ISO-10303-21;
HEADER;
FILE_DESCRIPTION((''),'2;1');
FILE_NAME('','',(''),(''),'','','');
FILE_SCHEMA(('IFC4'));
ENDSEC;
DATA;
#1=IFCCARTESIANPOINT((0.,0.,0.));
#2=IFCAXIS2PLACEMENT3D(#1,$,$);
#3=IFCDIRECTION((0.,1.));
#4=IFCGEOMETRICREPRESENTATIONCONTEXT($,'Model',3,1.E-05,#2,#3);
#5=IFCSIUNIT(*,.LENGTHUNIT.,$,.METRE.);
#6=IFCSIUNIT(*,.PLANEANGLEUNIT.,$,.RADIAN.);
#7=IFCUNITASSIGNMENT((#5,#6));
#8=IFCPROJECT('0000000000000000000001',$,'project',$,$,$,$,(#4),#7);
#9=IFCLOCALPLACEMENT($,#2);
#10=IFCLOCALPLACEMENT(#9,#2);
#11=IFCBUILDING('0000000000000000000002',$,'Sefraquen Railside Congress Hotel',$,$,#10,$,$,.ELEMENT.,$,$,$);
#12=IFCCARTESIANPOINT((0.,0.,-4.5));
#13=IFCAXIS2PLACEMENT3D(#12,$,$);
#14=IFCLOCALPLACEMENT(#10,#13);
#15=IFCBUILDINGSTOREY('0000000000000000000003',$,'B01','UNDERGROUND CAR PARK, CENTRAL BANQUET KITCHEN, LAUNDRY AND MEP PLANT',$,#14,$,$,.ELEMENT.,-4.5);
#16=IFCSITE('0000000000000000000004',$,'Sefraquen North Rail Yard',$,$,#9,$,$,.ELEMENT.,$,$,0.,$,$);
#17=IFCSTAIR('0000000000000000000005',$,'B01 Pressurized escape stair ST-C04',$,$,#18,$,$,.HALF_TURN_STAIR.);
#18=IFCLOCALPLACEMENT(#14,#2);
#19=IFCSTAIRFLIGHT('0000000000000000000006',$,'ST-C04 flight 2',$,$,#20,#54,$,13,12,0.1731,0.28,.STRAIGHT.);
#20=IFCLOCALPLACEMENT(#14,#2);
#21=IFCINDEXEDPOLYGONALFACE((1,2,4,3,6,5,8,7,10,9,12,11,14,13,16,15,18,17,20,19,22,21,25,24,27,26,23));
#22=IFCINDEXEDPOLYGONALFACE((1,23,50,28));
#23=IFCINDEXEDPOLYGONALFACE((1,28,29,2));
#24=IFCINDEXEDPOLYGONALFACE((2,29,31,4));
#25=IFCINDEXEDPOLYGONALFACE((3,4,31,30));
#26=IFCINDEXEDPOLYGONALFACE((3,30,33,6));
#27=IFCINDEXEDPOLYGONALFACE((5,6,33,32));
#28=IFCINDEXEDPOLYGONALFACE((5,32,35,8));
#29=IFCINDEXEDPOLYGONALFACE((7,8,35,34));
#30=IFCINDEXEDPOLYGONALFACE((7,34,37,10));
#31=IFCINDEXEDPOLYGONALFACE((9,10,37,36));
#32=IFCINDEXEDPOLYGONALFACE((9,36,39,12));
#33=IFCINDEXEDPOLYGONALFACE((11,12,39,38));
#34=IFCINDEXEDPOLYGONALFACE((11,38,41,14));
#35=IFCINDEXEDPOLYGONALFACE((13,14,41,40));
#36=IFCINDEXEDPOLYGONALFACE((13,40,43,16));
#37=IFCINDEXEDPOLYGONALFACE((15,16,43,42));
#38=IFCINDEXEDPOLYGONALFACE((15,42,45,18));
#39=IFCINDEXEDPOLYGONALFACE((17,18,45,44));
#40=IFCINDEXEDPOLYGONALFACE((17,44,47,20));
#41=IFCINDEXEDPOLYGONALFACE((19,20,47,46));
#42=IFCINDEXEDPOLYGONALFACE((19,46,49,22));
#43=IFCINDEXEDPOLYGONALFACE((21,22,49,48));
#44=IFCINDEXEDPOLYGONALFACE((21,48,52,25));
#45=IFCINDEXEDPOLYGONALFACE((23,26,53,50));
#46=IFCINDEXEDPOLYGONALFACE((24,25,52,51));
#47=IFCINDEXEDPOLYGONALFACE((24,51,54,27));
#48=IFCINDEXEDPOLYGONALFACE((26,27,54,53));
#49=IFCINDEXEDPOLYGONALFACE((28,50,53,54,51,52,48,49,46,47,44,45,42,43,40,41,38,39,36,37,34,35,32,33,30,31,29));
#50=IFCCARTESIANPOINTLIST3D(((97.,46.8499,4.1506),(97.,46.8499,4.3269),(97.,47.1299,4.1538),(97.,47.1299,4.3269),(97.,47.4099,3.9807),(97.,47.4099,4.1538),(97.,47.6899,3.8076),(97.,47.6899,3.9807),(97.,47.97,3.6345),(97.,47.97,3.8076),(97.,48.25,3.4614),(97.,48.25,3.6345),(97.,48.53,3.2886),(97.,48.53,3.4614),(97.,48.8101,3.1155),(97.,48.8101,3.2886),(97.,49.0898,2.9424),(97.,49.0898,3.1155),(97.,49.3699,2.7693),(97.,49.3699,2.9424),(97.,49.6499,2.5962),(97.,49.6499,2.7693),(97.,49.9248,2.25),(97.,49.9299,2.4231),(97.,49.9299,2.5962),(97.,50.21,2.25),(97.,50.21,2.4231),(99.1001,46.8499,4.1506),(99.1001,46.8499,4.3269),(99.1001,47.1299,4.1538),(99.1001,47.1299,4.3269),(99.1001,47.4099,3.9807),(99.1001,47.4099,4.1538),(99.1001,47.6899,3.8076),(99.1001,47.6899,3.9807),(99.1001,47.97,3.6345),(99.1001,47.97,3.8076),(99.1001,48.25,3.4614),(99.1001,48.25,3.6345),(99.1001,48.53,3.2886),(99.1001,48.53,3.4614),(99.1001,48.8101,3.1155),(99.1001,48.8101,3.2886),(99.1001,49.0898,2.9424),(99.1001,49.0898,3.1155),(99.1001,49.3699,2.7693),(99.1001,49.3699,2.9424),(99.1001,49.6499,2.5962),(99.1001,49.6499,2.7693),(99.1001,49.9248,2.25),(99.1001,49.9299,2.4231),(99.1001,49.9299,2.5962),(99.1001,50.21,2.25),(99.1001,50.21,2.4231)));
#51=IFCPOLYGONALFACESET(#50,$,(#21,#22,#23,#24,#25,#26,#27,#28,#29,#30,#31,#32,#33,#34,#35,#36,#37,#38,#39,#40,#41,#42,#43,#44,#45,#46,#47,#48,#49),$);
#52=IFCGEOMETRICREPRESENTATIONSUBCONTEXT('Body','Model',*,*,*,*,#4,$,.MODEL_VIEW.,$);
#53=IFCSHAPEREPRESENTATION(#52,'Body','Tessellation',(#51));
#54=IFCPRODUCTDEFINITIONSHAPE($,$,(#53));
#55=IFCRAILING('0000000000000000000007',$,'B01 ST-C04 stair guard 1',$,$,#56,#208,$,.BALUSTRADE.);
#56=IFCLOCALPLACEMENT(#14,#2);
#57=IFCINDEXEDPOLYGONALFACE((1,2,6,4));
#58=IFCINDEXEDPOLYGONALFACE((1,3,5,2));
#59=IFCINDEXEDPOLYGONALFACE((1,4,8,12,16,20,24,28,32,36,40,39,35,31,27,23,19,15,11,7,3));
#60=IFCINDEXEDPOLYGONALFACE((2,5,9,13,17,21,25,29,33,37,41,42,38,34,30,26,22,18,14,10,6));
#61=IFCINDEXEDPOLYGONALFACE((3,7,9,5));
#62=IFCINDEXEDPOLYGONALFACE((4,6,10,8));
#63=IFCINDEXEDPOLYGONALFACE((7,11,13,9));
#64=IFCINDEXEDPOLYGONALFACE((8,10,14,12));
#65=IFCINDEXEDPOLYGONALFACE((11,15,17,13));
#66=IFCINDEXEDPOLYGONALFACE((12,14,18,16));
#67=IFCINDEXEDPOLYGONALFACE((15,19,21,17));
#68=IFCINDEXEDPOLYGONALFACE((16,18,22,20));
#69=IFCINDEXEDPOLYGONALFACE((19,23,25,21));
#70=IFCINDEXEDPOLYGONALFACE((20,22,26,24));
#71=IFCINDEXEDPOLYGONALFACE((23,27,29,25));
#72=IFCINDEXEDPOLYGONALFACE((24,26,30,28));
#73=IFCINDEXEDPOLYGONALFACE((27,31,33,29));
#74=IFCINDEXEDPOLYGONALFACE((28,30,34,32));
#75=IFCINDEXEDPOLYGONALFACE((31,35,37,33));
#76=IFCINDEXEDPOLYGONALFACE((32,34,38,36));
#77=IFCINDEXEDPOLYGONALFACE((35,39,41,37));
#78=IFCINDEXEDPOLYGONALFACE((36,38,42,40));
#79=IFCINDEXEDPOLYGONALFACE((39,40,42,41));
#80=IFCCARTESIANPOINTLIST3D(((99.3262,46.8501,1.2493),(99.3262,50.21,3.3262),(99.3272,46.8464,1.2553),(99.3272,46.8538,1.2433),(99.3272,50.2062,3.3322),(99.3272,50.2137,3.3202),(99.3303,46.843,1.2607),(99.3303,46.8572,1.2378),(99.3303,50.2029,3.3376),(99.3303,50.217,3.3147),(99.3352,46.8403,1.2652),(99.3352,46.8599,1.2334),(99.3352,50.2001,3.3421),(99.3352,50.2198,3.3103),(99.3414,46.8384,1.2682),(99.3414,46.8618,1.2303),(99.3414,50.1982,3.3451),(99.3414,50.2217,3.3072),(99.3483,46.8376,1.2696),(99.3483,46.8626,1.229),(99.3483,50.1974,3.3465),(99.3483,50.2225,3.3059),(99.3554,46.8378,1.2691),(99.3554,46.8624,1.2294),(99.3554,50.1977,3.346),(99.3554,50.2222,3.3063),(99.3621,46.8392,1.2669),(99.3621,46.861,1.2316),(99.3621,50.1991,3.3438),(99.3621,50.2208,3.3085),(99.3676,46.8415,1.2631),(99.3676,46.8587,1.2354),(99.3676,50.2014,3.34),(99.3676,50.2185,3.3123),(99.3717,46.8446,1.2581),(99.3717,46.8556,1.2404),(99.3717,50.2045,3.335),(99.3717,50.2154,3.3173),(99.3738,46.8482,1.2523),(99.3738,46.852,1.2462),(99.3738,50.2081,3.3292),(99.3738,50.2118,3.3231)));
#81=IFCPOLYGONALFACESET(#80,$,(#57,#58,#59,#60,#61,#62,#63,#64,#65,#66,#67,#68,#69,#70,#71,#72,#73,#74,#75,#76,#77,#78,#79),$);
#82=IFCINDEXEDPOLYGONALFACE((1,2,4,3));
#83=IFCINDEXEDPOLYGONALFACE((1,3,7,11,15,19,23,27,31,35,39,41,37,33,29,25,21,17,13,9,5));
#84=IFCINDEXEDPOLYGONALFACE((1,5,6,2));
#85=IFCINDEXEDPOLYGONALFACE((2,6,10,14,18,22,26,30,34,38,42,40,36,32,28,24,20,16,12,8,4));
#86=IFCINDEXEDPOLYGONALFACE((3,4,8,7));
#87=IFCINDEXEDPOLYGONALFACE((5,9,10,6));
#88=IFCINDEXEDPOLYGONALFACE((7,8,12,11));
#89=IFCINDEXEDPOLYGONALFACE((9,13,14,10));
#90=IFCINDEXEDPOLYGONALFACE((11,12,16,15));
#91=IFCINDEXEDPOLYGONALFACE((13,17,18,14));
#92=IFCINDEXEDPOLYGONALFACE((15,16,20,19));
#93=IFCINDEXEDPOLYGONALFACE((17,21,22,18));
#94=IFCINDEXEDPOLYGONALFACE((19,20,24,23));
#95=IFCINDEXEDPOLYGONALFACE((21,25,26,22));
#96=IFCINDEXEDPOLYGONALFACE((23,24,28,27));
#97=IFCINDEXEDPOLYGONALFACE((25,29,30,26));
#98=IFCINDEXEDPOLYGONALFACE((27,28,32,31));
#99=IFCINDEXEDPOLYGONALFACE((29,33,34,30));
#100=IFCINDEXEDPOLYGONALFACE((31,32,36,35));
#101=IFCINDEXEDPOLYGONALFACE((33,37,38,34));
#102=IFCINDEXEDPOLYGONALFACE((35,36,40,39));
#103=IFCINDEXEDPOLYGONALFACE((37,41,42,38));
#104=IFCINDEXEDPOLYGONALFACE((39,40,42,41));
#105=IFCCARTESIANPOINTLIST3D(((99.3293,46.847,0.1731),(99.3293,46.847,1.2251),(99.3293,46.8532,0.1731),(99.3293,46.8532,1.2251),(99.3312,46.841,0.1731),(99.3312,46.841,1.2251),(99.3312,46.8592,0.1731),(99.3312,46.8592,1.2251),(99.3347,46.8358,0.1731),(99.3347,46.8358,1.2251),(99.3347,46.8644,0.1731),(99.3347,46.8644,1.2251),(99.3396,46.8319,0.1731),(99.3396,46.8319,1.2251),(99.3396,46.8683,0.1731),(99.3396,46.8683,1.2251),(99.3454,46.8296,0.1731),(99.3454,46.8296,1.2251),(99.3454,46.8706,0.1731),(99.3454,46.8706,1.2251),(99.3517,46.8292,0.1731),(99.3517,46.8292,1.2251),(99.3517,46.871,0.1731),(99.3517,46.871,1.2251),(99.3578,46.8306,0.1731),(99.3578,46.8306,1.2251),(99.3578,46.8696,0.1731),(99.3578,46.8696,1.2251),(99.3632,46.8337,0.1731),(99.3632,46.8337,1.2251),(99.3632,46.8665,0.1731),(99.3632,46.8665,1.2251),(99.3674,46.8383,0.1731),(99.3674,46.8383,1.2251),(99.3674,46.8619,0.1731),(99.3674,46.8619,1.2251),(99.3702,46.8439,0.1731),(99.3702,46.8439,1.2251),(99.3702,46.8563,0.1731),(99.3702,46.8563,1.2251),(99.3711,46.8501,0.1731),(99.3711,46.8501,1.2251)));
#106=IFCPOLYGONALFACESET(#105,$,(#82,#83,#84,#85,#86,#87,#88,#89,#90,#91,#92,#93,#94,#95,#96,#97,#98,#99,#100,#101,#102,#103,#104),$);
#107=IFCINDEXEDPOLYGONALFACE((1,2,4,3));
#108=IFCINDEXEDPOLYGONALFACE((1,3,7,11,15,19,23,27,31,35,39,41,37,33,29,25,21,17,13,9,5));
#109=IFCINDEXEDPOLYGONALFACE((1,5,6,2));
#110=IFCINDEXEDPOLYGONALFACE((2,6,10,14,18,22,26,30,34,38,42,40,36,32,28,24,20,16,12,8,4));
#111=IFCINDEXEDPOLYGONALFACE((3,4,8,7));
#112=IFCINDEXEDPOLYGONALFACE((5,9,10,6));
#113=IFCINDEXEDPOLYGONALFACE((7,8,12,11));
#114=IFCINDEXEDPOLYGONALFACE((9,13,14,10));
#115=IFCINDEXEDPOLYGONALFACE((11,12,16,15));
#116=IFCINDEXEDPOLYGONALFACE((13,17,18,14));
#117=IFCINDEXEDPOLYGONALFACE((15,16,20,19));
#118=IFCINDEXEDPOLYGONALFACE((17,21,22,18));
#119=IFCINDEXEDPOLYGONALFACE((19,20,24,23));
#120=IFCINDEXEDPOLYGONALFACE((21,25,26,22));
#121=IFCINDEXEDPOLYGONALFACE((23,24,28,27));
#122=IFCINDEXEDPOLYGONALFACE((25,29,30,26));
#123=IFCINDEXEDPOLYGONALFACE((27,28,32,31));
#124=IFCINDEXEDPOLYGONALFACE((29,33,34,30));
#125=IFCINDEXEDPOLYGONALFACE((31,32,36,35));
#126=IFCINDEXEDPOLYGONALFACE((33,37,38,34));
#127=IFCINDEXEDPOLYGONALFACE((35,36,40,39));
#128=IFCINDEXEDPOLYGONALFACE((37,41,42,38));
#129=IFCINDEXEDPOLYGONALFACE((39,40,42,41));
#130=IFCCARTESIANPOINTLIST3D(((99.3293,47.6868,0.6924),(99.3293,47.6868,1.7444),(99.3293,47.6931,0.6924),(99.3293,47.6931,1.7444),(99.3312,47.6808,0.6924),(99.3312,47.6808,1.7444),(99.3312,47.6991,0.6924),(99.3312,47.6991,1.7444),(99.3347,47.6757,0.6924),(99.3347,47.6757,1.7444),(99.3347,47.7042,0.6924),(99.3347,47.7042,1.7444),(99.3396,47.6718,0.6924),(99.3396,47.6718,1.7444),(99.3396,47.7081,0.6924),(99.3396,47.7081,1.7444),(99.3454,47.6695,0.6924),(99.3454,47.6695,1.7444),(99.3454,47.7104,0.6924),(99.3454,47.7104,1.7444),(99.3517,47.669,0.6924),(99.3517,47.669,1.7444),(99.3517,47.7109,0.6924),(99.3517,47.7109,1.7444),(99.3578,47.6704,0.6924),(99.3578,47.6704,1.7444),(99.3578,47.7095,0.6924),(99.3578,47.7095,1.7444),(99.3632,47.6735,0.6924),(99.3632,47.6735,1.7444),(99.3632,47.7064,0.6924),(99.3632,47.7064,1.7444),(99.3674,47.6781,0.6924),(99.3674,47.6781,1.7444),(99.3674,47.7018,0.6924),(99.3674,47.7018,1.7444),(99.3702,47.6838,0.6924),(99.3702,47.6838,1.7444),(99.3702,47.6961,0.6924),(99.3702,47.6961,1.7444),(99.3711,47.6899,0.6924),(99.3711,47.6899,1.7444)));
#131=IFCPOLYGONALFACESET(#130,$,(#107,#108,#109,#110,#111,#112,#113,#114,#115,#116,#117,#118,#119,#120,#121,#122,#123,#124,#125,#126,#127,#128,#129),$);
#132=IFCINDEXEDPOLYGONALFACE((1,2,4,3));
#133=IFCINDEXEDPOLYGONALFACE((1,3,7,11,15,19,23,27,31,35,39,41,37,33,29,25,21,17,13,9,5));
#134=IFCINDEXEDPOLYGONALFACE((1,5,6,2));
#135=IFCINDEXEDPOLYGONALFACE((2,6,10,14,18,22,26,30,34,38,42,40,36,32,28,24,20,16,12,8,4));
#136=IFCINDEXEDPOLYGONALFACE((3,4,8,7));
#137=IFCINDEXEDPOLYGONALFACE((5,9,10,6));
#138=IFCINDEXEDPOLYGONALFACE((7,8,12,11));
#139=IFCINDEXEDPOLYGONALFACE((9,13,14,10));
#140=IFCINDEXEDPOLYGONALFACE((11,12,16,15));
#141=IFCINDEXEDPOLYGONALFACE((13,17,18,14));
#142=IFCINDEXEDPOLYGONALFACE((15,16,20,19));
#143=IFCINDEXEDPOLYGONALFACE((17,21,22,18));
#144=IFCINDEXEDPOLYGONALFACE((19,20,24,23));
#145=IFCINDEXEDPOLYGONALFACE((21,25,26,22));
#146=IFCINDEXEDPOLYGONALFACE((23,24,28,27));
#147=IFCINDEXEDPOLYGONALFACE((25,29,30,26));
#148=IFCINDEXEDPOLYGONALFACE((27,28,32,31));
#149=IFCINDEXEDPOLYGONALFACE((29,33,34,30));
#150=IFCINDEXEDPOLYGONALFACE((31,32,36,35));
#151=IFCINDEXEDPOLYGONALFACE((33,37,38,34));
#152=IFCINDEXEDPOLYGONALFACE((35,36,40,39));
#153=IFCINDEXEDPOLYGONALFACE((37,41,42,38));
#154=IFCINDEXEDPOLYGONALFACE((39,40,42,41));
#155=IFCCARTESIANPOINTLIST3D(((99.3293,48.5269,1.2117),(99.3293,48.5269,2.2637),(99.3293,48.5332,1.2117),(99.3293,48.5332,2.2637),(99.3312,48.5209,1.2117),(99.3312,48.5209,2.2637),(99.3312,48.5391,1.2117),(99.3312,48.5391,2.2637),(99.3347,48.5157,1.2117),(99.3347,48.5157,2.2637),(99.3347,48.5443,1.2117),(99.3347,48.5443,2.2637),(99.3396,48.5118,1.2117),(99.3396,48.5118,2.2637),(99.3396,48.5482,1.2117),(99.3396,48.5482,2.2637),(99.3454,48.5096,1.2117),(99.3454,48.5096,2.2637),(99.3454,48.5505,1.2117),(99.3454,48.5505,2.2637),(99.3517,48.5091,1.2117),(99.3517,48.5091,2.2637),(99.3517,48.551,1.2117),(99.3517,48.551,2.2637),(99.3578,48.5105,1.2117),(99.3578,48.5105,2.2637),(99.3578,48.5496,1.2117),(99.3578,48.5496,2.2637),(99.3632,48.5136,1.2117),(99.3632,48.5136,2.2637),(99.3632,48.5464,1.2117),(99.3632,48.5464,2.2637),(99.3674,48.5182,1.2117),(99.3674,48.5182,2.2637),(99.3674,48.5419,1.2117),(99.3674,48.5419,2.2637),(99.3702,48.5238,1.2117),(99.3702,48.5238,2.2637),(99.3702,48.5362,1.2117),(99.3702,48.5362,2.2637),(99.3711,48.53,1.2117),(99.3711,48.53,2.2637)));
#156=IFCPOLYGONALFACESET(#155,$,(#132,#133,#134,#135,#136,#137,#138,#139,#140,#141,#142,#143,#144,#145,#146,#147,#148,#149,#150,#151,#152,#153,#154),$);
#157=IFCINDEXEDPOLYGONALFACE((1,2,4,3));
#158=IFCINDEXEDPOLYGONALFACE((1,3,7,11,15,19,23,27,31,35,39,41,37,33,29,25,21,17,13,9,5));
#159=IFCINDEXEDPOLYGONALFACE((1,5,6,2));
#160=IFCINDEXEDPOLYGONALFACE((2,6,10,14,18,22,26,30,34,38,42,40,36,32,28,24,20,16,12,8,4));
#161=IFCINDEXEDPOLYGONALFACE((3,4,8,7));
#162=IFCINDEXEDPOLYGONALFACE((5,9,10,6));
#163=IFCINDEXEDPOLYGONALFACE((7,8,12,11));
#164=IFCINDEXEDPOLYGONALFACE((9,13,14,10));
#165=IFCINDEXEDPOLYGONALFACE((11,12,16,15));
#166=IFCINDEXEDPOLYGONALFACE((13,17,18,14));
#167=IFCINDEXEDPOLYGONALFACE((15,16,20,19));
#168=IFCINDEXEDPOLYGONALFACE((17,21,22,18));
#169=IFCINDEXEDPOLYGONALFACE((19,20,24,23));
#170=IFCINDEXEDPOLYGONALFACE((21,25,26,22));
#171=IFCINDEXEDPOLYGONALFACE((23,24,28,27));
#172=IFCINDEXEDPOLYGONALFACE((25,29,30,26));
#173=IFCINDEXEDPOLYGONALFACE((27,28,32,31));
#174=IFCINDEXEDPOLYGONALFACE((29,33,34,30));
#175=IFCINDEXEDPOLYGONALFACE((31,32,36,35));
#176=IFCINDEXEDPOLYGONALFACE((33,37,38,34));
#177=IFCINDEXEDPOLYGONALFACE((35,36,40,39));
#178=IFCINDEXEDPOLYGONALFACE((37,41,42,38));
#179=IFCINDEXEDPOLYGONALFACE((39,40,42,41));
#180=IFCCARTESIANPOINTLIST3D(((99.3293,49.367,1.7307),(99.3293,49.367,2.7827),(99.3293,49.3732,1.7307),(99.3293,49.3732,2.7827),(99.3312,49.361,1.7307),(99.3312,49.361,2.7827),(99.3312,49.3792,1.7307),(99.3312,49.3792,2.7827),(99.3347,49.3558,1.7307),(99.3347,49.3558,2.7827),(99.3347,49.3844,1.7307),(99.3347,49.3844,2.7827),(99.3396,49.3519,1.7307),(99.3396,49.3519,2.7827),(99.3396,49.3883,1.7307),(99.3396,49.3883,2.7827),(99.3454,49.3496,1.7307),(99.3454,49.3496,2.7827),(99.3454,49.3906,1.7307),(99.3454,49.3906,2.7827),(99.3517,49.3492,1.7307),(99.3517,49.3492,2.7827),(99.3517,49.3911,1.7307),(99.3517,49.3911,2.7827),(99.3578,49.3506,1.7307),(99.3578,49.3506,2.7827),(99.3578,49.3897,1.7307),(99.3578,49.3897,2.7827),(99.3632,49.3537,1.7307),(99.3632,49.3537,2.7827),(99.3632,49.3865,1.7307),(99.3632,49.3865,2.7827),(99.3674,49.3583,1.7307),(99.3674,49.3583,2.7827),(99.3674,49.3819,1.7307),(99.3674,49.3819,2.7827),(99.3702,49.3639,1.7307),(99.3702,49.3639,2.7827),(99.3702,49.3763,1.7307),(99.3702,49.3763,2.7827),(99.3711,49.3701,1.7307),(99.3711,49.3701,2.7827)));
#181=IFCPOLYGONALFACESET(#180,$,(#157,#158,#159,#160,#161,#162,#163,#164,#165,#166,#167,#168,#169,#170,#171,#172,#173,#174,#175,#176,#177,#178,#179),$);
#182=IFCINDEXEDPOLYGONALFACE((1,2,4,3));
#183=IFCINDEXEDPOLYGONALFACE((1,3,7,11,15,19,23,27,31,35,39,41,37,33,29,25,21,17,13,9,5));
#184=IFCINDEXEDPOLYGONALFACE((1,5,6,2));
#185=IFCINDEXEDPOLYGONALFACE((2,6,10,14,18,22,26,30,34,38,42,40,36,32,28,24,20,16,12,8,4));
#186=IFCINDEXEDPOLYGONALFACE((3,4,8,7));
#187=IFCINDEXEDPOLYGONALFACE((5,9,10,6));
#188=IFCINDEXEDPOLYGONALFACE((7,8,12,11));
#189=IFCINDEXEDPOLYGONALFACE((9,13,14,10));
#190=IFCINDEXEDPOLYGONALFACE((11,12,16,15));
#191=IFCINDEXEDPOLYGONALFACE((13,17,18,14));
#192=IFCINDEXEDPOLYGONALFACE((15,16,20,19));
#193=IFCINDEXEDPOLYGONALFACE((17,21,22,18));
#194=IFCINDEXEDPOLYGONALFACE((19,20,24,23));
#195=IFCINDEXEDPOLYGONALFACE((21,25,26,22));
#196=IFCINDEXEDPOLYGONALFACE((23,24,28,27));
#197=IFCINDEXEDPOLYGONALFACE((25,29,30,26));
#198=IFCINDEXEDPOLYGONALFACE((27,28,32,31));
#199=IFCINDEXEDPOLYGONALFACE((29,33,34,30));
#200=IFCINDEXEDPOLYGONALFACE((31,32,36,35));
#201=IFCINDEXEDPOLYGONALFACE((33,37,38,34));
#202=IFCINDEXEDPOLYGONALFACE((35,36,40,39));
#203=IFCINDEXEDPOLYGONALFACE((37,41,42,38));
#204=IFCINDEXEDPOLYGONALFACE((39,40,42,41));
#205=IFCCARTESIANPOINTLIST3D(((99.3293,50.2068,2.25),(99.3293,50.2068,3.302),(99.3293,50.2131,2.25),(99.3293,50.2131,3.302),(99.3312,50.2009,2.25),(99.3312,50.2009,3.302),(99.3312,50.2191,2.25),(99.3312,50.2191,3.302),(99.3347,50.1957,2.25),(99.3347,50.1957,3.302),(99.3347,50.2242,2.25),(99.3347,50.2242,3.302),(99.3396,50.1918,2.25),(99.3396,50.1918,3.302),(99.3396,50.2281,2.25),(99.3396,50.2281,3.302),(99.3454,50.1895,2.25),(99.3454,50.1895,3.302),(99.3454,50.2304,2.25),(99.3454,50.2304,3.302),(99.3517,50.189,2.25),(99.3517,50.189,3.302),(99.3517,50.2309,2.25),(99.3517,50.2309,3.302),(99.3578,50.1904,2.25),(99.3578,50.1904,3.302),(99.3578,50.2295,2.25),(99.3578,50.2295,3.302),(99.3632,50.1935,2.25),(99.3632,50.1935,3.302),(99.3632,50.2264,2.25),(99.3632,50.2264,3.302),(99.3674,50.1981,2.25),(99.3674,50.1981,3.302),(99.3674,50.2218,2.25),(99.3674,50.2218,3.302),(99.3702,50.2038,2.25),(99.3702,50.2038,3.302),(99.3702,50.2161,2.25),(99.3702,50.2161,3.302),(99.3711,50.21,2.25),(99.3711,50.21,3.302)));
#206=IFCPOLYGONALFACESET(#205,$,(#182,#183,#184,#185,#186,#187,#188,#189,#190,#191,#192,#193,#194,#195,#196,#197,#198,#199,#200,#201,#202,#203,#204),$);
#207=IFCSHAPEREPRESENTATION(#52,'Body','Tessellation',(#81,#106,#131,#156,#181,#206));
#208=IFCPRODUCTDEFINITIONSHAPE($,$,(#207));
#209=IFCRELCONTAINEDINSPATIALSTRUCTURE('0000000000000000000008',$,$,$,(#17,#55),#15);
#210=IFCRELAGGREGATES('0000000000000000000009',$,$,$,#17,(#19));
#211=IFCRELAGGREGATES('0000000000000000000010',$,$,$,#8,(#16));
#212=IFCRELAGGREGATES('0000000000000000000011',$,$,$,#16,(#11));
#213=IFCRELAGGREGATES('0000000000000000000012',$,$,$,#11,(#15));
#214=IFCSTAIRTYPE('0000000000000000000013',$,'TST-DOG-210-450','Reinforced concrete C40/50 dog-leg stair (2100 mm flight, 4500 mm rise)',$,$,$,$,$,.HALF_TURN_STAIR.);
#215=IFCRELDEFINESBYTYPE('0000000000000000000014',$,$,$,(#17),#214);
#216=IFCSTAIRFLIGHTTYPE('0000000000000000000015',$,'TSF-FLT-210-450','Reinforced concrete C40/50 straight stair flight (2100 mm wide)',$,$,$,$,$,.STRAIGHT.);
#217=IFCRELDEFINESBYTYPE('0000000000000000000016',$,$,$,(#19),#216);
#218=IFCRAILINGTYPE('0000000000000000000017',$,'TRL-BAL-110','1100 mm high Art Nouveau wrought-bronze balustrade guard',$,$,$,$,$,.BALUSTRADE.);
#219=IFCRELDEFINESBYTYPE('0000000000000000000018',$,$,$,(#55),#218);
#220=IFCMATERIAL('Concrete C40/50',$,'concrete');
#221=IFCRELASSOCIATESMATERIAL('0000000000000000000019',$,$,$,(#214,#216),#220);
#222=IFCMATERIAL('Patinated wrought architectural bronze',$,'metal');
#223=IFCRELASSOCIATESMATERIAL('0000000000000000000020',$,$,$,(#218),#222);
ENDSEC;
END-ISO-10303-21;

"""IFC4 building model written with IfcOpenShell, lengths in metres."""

from ifc_helpers import new_model, si_unit, direction, frame, origin, origin_2d, place, context, subcontext, project, spatial, polyline, circle, outline, extrude, material, type_object, element, aggregate, save


model = new_model("IFC4")

# Units and contexts
model_context = context("Model", 3, precision=1e-05, world=origin(), true_north=direction((0.0, 1.0)))
body_context = subcontext(model_context, "Body", "Model", "MODEL_VIEW")
ifc_project = project(units=[si_unit("LENGTHUNIT", "METRE"), si_unit("PLANEANGLEUNIT", "RADIAN")], contexts=[model_context])

# Site, building, storey
site_placement = place(None, origin())
site = spatial("IfcSite", under=ifc_project, at=site_placement, Name="Sefraquen North Rail Yard", CompositionType="ELEMENT", RefElevation=0.0)
building_placement = place(site_placement, origin())
building = spatial("IfcBuilding", under=site, at=building_placement, Name="Sefraquen Railside Congress Hotel", CompositionType="ELEMENT")
storey_placement = place(building_placement, frame((0.0, 0.0, -4.5)))
storey = spatial("IfcBuildingStorey", under=building, at=storey_placement, Name="B01", Description="UNDERGROUND CAR PARK, CENTRAL BANQUET KITCHEN, LAUNDRY AND MEP PLANT", CompositionType="ELEMENT", Elevation=-4.5)

# Shared definitions
ifc_material_1 = material(Name="Concrete C40/50", Category="concrete")

# Stair, stair flight
stair_type = type_object("IfcStairType", Name="TST-DOG-210-450", Description="Reinforced concrete C40/50 dog-leg stair (2100 mm flight, 4500 mm rise)", PredefinedType="HALF_TURN_STAIR", material=ifc_material_1)
stair_placement = place(storey_placement, origin())
stair = element("IfcStair", 1, at=stair_placement, inside=storey, type_object=stair_type, Name="B01 Pressurized escape stair ST-C04", PredefinedType="HALF_TURN_STAIR")
stair_flight_type = type_object("IfcStairFlightType", Name="TSF-FLT-210-450", Description="Reinforced concrete C40/50 straight stair flight (2100 mm wide)", PredefinedType="STRAIGHT", material=ifc_material_1)
stair_flight_1_placement = place(storey_placement, frame((98.05, 50.21, 2.25), z_axis=(0.0, 0.0, 1.0), x_axis=(0.0, -1.0, 0.0)))
stair_flight_1 = element("IfcStairFlight", 2, at=stair_flight_1_placement, type_object=stair_flight_type, Name="ST-C04 flight 2", NumberOfRisers=13, NumberOfTreads=12, PredefinedType="STRAIGHT", RiserHeight=0.1731, TreadLength=0.28, context=body_context, shape_type="SweptSolid", body=[
    extrude(outline(polyline([(0.0, 0.0), (0.0, 0.1731), (0.28, 0.1731), (0.28, 0.3462), (0.5601, 0.3462), (0.5601, 0.5193), (0.8401, 0.5193), (0.8401, 0.6924), (1.1201, 0.6924), (1.1201, 0.8655), (1.3999, 0.8655), (1.3999, 1.0386), (1.6799, 1.0386), (1.6799, 1.2114), (1.96, 1.2114), (1.96, 1.3845), (2.24, 1.3845), (2.24, 1.5576), (2.52, 1.5576), (2.52, 1.7307), (2.8, 1.7307), (2.8, 1.9038), (3.0801, 1.9038), (3.0801, 2.0769), (3.3601, 2.0769), (3.3601, 2.25), (3.3601, 1.9006), (0.2852, 0.0), (0.0, 0.0)])), frame((0.0, 1.05, 0.0), z_axis=(0.0, -1.0, 0.0), x_axis=(1.0, 0.0, 0.0)), (0.0, 0.0, 1.0), 2.1001),
])
aggregate(stair, [stair_flight_1])

# Railing
ifc_material_2 = material(Name="Patinated wrought architectural bronze", Category="metal")
railing_type_1 = type_object("IfcRailingType", Name="TRL-BAL-110", Description="1100 mm high Art Nouveau wrought-bronze balustrade guard", PredefinedType="BALUSTRADE", material=ifc_material_2)
railing_1_placement = place(storey_placement, frame((99.3501, 46.8501, 0.1731)))
element("IfcRailing", 3, at=railing_1_placement, inside=storey, type_object=railing_type_1, Name="B01 ST-C04 stair guard 1", PredefinedType="BALUSTRADE", context=body_context, shape_type="SweptSolid", body=[
    extrude(circle(Radius=0.0239, at=origin_2d()), frame((0.0, 0.0, 1.0762), z_axis=(0.0, 0.850606, 0.525803), x_axis=(-1.0, 0.0, 0.0)), (0.0, 0.0, 1.0), 3.95),
    extrude(circle(Radius=0.021, at=origin_2d()), origin(), (0.0, 0.0, 1.0), 1.052),
    extrude(circle(Radius=0.021, at=origin_2d()), frame((0.0, 0.8398, 0.5193)), (0.0, 0.0, 1.0), 1.052),
    extrude(circle(Radius=0.021, at=origin_2d()), frame((0.0, 1.6799, 1.0386)), (0.0, 0.0, 1.0), 1.052),
    extrude(circle(Radius=0.021, at=origin_2d()), frame((0.0, 2.52, 1.5576)), (0.0, 0.0, 1.0), 1.052),
    extrude(circle(Radius=0.021, at=origin_2d()), frame((0.0, 3.3599, 2.0769)), (0.0, 0.0, 1.0), 1.052),
])

save(model, "model.ifc")
